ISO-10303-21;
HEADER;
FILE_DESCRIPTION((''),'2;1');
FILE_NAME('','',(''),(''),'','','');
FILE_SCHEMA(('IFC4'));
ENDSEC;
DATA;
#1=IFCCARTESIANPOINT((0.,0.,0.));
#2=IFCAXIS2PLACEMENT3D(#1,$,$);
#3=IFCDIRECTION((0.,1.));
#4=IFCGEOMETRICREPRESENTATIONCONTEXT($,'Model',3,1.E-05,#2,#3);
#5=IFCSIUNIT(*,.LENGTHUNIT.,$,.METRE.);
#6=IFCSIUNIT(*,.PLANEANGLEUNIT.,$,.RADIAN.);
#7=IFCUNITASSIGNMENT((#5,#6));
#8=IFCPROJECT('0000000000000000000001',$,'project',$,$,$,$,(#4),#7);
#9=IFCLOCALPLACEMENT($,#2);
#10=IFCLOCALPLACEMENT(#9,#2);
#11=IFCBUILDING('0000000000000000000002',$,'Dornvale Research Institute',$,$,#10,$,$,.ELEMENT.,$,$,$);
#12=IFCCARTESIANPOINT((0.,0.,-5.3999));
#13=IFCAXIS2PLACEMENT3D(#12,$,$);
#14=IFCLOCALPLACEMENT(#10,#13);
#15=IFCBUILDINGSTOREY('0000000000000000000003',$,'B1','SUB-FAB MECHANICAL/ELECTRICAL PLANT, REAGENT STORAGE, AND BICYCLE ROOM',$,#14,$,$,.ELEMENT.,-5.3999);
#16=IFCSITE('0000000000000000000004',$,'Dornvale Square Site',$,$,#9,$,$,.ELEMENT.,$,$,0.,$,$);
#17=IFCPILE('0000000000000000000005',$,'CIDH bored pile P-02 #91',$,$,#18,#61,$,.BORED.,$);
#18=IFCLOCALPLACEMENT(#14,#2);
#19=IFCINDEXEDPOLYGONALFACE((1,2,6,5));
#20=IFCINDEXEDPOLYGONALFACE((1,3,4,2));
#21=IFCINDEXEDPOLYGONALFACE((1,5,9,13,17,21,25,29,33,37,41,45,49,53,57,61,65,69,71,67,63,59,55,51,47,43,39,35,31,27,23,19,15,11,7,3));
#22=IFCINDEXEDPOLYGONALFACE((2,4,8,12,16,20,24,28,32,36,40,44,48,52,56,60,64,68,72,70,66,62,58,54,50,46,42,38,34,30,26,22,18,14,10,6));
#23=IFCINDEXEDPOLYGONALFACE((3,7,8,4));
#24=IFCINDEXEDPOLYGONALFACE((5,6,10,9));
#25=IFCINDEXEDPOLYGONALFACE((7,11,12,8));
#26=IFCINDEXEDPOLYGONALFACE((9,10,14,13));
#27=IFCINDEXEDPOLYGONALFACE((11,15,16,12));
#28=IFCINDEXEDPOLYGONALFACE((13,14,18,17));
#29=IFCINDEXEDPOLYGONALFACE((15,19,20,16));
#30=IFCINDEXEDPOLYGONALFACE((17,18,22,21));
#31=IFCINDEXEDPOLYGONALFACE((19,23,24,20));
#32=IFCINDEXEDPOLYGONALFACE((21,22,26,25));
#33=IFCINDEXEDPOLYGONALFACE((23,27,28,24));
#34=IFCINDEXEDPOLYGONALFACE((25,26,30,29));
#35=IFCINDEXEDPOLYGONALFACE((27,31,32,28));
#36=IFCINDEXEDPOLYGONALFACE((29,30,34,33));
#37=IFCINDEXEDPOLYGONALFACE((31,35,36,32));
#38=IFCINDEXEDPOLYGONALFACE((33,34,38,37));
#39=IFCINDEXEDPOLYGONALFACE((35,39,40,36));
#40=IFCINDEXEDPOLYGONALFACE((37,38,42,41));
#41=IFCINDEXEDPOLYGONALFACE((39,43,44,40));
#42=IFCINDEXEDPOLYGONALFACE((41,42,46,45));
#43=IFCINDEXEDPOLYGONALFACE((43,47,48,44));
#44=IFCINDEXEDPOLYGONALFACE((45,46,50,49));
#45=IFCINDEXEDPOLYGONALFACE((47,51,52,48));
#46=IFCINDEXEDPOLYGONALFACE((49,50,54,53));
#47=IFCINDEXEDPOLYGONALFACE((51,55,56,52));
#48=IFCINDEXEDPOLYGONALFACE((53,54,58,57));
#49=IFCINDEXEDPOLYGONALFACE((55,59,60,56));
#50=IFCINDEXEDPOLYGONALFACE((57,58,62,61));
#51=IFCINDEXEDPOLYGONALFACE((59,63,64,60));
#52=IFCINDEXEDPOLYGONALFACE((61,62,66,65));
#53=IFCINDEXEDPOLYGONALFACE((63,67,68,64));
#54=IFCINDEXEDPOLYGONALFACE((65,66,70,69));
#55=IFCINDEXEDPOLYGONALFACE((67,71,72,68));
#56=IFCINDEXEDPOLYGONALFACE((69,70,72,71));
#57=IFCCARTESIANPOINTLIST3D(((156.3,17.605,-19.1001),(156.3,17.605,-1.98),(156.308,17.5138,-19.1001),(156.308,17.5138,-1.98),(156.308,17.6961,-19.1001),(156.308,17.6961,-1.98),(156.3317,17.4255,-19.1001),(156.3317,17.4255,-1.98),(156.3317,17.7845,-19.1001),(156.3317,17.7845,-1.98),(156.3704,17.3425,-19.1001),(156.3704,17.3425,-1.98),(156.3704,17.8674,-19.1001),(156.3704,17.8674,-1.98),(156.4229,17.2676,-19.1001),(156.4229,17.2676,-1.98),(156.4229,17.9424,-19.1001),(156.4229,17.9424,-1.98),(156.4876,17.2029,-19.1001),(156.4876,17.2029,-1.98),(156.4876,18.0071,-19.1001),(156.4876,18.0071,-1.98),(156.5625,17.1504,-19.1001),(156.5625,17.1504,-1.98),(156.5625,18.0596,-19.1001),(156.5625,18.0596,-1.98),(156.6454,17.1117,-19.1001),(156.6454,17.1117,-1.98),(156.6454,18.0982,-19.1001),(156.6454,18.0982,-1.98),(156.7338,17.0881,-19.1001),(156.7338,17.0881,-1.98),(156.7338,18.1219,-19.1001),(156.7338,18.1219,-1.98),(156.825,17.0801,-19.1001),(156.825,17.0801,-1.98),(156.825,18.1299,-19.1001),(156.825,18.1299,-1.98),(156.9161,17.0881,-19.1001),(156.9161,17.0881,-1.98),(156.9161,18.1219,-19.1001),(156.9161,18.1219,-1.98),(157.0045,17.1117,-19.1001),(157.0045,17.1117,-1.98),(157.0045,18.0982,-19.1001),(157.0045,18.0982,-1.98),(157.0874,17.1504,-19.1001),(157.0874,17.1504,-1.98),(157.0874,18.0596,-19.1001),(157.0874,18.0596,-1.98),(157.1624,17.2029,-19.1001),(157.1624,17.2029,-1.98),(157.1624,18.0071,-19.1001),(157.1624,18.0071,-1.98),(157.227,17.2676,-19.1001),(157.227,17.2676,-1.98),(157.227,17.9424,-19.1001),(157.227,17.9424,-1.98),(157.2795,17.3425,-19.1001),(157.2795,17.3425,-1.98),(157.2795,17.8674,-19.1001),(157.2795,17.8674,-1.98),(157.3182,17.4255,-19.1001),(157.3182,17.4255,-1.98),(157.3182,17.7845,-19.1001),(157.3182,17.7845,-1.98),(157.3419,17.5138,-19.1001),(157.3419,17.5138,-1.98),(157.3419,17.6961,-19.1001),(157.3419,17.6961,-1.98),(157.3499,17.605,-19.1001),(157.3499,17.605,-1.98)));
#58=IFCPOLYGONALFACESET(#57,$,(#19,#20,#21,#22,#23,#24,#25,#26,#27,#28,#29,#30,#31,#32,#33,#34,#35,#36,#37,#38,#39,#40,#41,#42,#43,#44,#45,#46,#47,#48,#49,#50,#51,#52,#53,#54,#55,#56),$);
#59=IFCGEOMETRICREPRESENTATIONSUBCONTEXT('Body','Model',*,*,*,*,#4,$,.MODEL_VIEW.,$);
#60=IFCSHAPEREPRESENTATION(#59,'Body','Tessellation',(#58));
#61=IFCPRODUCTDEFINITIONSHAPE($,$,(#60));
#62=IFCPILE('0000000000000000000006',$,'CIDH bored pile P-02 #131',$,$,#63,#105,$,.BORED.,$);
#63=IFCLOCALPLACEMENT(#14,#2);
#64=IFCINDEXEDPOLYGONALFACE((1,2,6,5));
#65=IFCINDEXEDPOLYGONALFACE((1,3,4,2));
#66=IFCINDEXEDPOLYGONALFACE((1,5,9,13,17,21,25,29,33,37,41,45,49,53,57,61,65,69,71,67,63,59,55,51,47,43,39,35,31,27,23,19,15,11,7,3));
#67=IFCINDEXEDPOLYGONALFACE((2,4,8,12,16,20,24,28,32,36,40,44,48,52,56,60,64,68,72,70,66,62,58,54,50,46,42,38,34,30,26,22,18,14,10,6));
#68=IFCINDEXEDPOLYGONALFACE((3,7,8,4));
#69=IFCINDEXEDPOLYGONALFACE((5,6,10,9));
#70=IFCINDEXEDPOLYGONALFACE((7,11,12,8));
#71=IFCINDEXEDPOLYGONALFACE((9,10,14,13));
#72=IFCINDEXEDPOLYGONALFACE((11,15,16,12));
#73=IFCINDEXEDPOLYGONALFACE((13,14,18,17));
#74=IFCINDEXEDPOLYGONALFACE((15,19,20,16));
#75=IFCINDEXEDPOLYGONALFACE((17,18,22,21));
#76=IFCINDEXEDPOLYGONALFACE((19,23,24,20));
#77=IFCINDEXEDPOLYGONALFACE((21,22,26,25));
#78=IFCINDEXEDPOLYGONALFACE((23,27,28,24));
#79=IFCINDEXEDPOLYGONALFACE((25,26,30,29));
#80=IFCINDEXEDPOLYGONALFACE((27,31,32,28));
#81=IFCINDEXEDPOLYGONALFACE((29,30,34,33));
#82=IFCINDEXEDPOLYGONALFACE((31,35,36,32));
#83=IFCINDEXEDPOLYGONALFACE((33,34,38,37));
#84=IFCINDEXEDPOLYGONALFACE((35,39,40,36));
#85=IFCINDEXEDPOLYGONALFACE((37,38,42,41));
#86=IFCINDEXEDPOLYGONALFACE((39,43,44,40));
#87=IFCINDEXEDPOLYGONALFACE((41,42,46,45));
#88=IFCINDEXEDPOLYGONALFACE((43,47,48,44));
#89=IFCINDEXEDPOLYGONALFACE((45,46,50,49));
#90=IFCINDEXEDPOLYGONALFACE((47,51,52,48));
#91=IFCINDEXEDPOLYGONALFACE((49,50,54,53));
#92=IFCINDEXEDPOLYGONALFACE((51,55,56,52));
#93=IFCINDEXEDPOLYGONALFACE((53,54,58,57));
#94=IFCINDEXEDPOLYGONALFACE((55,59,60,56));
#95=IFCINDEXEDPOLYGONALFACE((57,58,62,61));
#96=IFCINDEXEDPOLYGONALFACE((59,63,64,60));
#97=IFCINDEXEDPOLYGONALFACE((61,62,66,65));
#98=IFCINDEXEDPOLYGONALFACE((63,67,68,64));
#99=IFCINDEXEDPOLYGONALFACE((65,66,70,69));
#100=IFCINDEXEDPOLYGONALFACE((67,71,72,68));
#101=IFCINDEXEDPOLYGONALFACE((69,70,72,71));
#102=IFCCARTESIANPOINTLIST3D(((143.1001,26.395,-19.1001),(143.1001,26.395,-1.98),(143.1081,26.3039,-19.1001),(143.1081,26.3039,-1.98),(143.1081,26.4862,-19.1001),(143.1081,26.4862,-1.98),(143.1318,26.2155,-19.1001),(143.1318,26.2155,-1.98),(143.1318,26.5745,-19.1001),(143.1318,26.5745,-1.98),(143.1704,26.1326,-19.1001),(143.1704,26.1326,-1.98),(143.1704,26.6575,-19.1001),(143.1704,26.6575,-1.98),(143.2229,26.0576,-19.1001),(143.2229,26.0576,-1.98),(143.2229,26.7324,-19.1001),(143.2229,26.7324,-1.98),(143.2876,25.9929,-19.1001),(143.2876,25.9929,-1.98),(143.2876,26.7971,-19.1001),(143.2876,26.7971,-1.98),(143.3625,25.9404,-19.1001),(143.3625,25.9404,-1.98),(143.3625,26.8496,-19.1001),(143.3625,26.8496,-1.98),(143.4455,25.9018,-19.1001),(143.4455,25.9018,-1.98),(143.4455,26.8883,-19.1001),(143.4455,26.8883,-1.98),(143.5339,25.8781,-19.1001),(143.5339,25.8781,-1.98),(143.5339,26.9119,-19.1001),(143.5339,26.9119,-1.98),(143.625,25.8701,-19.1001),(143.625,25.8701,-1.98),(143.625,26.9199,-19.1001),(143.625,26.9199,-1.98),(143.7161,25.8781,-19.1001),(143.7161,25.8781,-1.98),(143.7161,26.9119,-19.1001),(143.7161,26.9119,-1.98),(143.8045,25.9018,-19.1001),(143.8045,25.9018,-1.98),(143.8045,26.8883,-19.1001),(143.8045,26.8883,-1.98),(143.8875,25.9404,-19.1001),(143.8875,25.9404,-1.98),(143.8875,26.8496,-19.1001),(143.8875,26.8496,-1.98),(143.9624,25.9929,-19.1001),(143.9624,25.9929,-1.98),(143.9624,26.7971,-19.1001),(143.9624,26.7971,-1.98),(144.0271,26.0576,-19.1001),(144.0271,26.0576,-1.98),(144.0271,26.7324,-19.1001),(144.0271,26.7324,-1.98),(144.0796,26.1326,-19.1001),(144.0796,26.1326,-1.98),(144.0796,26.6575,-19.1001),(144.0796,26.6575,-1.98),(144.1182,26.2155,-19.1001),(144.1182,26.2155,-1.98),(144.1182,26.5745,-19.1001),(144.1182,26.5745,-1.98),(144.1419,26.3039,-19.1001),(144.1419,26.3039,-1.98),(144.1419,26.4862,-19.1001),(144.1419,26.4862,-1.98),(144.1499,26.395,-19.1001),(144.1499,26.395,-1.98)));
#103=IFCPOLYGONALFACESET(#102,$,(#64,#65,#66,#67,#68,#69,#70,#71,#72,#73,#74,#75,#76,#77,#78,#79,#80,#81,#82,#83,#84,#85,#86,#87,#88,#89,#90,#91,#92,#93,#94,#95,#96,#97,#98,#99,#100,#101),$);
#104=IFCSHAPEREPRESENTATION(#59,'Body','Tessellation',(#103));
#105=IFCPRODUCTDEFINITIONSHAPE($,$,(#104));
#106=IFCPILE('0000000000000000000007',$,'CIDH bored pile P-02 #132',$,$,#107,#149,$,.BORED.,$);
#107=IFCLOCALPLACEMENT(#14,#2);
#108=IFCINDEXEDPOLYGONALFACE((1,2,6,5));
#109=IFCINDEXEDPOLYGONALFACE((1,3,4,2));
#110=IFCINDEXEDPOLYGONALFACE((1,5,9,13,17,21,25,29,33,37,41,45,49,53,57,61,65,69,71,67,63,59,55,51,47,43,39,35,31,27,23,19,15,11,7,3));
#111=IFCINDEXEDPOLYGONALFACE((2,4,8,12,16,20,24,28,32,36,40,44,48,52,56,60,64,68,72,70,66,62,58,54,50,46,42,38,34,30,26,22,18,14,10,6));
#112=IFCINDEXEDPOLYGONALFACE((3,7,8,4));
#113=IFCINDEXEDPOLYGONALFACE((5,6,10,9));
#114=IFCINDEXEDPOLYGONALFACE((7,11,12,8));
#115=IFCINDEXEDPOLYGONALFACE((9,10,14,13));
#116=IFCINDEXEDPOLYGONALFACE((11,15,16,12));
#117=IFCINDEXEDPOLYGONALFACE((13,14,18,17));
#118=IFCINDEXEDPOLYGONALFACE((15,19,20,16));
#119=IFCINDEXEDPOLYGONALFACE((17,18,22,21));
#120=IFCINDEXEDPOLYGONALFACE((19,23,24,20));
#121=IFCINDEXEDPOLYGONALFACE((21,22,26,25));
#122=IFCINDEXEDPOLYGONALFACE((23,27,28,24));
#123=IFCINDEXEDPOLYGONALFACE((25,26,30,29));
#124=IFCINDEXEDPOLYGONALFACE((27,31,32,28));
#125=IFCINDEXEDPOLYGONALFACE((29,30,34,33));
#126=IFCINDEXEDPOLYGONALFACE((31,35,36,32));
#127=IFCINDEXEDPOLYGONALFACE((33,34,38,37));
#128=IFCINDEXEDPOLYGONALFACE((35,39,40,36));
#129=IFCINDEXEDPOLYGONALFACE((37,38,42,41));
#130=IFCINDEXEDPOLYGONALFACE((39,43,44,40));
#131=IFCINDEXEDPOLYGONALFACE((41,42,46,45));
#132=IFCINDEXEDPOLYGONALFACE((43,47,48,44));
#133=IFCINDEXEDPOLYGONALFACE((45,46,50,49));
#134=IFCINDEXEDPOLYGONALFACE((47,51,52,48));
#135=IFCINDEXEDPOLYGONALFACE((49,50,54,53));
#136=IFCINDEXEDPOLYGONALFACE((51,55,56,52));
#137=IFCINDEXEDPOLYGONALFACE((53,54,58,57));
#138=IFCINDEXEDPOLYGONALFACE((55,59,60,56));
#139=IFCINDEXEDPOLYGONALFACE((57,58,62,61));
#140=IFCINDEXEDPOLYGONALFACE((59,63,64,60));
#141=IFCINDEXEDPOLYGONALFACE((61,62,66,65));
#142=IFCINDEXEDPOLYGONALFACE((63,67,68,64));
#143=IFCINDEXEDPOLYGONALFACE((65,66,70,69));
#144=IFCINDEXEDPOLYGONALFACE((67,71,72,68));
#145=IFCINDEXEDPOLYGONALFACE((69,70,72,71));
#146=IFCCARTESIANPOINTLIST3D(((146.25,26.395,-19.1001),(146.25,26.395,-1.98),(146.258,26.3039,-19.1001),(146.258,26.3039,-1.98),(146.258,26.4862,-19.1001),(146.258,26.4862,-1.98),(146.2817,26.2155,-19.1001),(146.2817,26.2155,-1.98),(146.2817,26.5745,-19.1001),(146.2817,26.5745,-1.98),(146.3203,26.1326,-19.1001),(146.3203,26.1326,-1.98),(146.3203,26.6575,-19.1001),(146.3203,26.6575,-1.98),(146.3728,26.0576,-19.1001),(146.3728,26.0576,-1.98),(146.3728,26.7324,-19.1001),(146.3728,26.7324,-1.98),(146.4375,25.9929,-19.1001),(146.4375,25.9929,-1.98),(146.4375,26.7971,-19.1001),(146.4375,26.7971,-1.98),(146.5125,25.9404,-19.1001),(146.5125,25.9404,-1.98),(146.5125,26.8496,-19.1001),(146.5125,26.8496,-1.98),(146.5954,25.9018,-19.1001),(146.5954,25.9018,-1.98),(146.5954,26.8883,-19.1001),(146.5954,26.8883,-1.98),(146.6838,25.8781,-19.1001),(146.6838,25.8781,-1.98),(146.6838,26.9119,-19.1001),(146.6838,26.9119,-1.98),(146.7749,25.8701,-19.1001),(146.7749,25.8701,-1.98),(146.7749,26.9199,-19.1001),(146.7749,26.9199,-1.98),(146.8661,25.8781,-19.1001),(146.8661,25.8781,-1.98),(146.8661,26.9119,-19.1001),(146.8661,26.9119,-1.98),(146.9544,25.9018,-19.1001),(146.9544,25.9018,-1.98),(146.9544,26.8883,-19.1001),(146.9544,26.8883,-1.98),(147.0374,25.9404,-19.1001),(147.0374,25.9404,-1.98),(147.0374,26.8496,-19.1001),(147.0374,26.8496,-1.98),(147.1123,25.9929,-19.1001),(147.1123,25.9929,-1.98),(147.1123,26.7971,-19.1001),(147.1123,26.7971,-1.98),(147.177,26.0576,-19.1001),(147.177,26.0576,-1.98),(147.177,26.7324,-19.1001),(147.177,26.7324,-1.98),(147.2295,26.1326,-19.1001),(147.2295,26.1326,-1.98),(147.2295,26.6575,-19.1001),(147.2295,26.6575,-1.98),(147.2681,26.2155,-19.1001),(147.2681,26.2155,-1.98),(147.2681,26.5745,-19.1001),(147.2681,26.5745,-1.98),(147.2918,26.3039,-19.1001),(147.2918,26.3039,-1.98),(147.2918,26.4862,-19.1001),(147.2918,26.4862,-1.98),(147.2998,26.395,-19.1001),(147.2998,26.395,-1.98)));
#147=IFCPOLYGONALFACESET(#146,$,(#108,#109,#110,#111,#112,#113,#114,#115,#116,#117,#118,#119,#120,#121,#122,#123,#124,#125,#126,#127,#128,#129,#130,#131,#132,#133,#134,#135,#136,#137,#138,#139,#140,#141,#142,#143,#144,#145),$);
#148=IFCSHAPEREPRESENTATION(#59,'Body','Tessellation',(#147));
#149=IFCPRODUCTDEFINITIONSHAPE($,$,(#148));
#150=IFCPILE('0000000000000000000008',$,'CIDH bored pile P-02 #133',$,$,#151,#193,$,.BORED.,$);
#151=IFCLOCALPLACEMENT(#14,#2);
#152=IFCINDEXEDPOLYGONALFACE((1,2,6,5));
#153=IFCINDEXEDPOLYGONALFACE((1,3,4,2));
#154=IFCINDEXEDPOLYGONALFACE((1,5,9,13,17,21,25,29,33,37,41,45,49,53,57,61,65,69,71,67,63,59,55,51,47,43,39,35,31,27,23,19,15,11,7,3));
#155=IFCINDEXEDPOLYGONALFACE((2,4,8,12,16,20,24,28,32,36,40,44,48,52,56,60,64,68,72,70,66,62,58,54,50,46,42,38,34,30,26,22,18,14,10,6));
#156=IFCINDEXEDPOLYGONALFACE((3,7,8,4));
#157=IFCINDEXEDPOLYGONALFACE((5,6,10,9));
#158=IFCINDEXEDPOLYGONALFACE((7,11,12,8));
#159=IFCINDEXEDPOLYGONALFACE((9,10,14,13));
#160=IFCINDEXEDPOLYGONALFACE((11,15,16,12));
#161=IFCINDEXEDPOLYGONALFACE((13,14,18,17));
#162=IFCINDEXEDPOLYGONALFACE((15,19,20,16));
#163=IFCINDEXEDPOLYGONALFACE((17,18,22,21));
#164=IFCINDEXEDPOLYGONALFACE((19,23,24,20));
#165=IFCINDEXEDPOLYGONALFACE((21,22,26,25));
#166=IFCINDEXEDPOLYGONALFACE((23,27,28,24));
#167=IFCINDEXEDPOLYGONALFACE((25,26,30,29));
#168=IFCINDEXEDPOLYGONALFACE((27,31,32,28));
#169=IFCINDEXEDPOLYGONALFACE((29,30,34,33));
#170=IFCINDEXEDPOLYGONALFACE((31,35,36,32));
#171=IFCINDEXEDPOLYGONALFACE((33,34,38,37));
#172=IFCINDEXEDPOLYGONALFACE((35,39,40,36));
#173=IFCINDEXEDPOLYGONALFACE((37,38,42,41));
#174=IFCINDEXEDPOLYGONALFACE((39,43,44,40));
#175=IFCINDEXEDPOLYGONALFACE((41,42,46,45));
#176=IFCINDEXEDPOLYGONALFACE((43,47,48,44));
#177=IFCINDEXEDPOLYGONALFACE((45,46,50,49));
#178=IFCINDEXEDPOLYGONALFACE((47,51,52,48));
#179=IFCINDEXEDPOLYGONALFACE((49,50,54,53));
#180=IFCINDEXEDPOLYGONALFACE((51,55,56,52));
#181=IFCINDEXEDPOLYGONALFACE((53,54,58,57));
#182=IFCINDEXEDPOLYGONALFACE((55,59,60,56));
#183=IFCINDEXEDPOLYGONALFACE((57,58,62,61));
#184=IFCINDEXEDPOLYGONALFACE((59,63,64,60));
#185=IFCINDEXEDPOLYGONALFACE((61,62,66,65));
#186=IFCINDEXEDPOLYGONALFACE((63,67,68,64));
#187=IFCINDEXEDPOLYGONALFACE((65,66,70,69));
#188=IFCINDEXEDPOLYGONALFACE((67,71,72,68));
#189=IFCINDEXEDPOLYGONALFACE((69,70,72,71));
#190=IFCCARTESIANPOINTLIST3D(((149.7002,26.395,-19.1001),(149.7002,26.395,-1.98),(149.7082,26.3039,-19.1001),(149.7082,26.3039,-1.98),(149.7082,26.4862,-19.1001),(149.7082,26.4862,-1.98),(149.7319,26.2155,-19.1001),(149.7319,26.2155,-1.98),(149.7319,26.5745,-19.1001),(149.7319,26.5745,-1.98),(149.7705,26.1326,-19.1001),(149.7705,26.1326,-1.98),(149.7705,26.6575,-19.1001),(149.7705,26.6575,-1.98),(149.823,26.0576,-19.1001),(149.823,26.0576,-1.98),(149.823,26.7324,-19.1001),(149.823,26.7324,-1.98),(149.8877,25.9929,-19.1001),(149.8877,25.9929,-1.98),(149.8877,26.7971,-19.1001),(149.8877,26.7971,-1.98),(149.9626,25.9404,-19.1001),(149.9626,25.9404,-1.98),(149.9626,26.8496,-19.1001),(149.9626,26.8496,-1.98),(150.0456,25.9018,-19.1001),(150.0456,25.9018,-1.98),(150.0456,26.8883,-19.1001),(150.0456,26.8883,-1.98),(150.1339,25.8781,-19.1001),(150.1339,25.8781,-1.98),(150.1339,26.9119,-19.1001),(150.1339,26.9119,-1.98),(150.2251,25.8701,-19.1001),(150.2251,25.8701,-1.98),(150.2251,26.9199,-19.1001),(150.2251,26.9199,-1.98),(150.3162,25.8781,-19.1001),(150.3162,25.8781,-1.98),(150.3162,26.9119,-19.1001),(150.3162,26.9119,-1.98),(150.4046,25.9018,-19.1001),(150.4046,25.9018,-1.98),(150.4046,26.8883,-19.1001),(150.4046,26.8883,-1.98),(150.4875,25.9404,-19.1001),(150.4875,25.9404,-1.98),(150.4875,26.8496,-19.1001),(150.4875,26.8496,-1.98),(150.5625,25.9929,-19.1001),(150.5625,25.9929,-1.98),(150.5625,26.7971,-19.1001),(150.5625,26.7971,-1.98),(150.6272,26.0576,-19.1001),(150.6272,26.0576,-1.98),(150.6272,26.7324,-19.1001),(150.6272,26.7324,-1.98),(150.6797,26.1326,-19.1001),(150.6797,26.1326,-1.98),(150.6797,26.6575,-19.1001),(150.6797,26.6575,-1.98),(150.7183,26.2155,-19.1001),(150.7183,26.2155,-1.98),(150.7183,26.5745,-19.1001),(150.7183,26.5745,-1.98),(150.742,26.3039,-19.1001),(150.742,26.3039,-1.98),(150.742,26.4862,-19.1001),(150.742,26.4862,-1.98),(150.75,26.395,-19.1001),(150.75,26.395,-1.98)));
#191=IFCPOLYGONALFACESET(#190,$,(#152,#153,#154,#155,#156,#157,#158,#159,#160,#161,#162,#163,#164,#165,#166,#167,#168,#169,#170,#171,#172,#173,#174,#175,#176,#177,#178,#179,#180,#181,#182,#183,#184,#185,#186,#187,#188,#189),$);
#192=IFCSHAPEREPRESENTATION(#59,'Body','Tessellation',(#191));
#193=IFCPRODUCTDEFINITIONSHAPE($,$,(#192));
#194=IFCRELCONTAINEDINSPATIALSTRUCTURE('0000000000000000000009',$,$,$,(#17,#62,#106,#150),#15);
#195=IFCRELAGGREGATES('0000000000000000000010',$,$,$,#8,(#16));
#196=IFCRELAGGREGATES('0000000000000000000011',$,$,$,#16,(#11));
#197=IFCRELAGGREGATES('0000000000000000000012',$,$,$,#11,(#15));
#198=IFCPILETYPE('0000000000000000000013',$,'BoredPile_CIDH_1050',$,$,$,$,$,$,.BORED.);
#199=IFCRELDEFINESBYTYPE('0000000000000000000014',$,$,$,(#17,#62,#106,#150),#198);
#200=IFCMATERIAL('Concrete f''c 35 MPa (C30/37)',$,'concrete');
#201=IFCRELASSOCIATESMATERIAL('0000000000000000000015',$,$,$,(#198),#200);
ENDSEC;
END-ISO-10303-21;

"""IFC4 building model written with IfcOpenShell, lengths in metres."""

from ifc_helpers import new_model, si_unit, direction, frame, origin, origin_2d, place, context, subcontext, project, spatial, circle, extrude, material, material_profile, profile_set, type_object, element, save


model = new_model("IFC4")

# Units and contexts
model_context = context("Model", 3, precision=1e-05, world=origin(), true_north=direction((0.0, 1.0)))
body_context = subcontext(model_context, "Body", "Model", "MODEL_VIEW")
ifc_project = project(units=[si_unit("LENGTHUNIT", "METRE"), si_unit("PLANEANGLEUNIT", "RADIAN")], contexts=[model_context])

# Site, building, storey
site_placement = place(None, origin())
site = spatial("IfcSite", under=ifc_project, at=site_placement, Name="Dornvale Square Site", CompositionType="ELEMENT", RefElevation=0.0)
building_placement = place(site_placement, origin())
building = spatial("IfcBuilding", under=site, at=building_placement, Name="Dornvale Research Institute", CompositionType="ELEMENT")
storey_placement = place(building_placement, frame((0.0, 0.0, -5.3999)))
storey = spatial("IfcBuildingStorey", under=building, at=storey_placement, Name="B1", Description="SUB-FAB MECHANICAL/ELECTRICAL PLANT, REAGENT STORAGE, AND BICYCLE ROOM", CompositionType="ELEMENT", Elevation=-5.3999)

# Piles
ifc_material_1 = material(Name="Concrete f'c 35 MPa (C30/37)", Category="concrete")
ifc_material_profile_1 = material_profile(ifc_material_1, circle(Radius=0.5249, at=origin_2d()), Name="CIDH PILE D1050")
ifc_profile_set_1 = profile_set([ifc_material_profile_1], Name="Concrete f'c 35 MPa (C30/37)")
pile_type = type_object("IfcPileType", Name="BoredPile_CIDH_1050", PredefinedType="BORED", material=ifc_profile_set_1)
for number, where, z_axis, x_axis, name in (
    (1, (156.825, 17.605, -1.98), (0.0, 0.0, -1.0), (1.0, 0.0, 0.0), "CIDH bored pile P-02 #91"),
    (2, (143.625, 26.395, -1.98), (0.0, 0.0, -1.0), (1.0, 0.0, 0.0), "CIDH bored pile P-02 #131"),
    (3, (146.7749, 26.395, -1.98), (0.0, 0.0, -1.0), (1.0, 0.0, 0.0), "CIDH bored pile P-02 #132"),
    (4, (150.2251, 26.395, -1.98), (0.0, 0.0, -1.0), (1.0, 0.0, 0.0), "CIDH bored pile P-02 #133"),
):
    element("IfcPile", number, at=place(storey_placement, frame(where, z_axis=z_axis, x_axis=x_axis)), inside=storey, type_object=pile_type, Name=name, PredefinedType="BORED", context=body_context, shape_type="SweptSolid", body=[
        extrude(circle(Radius=0.5249, at=origin_2d()), origin(), (0.0, 0.0, 1.0), 17.1201),
    ])

save(model, "model.ifc")
